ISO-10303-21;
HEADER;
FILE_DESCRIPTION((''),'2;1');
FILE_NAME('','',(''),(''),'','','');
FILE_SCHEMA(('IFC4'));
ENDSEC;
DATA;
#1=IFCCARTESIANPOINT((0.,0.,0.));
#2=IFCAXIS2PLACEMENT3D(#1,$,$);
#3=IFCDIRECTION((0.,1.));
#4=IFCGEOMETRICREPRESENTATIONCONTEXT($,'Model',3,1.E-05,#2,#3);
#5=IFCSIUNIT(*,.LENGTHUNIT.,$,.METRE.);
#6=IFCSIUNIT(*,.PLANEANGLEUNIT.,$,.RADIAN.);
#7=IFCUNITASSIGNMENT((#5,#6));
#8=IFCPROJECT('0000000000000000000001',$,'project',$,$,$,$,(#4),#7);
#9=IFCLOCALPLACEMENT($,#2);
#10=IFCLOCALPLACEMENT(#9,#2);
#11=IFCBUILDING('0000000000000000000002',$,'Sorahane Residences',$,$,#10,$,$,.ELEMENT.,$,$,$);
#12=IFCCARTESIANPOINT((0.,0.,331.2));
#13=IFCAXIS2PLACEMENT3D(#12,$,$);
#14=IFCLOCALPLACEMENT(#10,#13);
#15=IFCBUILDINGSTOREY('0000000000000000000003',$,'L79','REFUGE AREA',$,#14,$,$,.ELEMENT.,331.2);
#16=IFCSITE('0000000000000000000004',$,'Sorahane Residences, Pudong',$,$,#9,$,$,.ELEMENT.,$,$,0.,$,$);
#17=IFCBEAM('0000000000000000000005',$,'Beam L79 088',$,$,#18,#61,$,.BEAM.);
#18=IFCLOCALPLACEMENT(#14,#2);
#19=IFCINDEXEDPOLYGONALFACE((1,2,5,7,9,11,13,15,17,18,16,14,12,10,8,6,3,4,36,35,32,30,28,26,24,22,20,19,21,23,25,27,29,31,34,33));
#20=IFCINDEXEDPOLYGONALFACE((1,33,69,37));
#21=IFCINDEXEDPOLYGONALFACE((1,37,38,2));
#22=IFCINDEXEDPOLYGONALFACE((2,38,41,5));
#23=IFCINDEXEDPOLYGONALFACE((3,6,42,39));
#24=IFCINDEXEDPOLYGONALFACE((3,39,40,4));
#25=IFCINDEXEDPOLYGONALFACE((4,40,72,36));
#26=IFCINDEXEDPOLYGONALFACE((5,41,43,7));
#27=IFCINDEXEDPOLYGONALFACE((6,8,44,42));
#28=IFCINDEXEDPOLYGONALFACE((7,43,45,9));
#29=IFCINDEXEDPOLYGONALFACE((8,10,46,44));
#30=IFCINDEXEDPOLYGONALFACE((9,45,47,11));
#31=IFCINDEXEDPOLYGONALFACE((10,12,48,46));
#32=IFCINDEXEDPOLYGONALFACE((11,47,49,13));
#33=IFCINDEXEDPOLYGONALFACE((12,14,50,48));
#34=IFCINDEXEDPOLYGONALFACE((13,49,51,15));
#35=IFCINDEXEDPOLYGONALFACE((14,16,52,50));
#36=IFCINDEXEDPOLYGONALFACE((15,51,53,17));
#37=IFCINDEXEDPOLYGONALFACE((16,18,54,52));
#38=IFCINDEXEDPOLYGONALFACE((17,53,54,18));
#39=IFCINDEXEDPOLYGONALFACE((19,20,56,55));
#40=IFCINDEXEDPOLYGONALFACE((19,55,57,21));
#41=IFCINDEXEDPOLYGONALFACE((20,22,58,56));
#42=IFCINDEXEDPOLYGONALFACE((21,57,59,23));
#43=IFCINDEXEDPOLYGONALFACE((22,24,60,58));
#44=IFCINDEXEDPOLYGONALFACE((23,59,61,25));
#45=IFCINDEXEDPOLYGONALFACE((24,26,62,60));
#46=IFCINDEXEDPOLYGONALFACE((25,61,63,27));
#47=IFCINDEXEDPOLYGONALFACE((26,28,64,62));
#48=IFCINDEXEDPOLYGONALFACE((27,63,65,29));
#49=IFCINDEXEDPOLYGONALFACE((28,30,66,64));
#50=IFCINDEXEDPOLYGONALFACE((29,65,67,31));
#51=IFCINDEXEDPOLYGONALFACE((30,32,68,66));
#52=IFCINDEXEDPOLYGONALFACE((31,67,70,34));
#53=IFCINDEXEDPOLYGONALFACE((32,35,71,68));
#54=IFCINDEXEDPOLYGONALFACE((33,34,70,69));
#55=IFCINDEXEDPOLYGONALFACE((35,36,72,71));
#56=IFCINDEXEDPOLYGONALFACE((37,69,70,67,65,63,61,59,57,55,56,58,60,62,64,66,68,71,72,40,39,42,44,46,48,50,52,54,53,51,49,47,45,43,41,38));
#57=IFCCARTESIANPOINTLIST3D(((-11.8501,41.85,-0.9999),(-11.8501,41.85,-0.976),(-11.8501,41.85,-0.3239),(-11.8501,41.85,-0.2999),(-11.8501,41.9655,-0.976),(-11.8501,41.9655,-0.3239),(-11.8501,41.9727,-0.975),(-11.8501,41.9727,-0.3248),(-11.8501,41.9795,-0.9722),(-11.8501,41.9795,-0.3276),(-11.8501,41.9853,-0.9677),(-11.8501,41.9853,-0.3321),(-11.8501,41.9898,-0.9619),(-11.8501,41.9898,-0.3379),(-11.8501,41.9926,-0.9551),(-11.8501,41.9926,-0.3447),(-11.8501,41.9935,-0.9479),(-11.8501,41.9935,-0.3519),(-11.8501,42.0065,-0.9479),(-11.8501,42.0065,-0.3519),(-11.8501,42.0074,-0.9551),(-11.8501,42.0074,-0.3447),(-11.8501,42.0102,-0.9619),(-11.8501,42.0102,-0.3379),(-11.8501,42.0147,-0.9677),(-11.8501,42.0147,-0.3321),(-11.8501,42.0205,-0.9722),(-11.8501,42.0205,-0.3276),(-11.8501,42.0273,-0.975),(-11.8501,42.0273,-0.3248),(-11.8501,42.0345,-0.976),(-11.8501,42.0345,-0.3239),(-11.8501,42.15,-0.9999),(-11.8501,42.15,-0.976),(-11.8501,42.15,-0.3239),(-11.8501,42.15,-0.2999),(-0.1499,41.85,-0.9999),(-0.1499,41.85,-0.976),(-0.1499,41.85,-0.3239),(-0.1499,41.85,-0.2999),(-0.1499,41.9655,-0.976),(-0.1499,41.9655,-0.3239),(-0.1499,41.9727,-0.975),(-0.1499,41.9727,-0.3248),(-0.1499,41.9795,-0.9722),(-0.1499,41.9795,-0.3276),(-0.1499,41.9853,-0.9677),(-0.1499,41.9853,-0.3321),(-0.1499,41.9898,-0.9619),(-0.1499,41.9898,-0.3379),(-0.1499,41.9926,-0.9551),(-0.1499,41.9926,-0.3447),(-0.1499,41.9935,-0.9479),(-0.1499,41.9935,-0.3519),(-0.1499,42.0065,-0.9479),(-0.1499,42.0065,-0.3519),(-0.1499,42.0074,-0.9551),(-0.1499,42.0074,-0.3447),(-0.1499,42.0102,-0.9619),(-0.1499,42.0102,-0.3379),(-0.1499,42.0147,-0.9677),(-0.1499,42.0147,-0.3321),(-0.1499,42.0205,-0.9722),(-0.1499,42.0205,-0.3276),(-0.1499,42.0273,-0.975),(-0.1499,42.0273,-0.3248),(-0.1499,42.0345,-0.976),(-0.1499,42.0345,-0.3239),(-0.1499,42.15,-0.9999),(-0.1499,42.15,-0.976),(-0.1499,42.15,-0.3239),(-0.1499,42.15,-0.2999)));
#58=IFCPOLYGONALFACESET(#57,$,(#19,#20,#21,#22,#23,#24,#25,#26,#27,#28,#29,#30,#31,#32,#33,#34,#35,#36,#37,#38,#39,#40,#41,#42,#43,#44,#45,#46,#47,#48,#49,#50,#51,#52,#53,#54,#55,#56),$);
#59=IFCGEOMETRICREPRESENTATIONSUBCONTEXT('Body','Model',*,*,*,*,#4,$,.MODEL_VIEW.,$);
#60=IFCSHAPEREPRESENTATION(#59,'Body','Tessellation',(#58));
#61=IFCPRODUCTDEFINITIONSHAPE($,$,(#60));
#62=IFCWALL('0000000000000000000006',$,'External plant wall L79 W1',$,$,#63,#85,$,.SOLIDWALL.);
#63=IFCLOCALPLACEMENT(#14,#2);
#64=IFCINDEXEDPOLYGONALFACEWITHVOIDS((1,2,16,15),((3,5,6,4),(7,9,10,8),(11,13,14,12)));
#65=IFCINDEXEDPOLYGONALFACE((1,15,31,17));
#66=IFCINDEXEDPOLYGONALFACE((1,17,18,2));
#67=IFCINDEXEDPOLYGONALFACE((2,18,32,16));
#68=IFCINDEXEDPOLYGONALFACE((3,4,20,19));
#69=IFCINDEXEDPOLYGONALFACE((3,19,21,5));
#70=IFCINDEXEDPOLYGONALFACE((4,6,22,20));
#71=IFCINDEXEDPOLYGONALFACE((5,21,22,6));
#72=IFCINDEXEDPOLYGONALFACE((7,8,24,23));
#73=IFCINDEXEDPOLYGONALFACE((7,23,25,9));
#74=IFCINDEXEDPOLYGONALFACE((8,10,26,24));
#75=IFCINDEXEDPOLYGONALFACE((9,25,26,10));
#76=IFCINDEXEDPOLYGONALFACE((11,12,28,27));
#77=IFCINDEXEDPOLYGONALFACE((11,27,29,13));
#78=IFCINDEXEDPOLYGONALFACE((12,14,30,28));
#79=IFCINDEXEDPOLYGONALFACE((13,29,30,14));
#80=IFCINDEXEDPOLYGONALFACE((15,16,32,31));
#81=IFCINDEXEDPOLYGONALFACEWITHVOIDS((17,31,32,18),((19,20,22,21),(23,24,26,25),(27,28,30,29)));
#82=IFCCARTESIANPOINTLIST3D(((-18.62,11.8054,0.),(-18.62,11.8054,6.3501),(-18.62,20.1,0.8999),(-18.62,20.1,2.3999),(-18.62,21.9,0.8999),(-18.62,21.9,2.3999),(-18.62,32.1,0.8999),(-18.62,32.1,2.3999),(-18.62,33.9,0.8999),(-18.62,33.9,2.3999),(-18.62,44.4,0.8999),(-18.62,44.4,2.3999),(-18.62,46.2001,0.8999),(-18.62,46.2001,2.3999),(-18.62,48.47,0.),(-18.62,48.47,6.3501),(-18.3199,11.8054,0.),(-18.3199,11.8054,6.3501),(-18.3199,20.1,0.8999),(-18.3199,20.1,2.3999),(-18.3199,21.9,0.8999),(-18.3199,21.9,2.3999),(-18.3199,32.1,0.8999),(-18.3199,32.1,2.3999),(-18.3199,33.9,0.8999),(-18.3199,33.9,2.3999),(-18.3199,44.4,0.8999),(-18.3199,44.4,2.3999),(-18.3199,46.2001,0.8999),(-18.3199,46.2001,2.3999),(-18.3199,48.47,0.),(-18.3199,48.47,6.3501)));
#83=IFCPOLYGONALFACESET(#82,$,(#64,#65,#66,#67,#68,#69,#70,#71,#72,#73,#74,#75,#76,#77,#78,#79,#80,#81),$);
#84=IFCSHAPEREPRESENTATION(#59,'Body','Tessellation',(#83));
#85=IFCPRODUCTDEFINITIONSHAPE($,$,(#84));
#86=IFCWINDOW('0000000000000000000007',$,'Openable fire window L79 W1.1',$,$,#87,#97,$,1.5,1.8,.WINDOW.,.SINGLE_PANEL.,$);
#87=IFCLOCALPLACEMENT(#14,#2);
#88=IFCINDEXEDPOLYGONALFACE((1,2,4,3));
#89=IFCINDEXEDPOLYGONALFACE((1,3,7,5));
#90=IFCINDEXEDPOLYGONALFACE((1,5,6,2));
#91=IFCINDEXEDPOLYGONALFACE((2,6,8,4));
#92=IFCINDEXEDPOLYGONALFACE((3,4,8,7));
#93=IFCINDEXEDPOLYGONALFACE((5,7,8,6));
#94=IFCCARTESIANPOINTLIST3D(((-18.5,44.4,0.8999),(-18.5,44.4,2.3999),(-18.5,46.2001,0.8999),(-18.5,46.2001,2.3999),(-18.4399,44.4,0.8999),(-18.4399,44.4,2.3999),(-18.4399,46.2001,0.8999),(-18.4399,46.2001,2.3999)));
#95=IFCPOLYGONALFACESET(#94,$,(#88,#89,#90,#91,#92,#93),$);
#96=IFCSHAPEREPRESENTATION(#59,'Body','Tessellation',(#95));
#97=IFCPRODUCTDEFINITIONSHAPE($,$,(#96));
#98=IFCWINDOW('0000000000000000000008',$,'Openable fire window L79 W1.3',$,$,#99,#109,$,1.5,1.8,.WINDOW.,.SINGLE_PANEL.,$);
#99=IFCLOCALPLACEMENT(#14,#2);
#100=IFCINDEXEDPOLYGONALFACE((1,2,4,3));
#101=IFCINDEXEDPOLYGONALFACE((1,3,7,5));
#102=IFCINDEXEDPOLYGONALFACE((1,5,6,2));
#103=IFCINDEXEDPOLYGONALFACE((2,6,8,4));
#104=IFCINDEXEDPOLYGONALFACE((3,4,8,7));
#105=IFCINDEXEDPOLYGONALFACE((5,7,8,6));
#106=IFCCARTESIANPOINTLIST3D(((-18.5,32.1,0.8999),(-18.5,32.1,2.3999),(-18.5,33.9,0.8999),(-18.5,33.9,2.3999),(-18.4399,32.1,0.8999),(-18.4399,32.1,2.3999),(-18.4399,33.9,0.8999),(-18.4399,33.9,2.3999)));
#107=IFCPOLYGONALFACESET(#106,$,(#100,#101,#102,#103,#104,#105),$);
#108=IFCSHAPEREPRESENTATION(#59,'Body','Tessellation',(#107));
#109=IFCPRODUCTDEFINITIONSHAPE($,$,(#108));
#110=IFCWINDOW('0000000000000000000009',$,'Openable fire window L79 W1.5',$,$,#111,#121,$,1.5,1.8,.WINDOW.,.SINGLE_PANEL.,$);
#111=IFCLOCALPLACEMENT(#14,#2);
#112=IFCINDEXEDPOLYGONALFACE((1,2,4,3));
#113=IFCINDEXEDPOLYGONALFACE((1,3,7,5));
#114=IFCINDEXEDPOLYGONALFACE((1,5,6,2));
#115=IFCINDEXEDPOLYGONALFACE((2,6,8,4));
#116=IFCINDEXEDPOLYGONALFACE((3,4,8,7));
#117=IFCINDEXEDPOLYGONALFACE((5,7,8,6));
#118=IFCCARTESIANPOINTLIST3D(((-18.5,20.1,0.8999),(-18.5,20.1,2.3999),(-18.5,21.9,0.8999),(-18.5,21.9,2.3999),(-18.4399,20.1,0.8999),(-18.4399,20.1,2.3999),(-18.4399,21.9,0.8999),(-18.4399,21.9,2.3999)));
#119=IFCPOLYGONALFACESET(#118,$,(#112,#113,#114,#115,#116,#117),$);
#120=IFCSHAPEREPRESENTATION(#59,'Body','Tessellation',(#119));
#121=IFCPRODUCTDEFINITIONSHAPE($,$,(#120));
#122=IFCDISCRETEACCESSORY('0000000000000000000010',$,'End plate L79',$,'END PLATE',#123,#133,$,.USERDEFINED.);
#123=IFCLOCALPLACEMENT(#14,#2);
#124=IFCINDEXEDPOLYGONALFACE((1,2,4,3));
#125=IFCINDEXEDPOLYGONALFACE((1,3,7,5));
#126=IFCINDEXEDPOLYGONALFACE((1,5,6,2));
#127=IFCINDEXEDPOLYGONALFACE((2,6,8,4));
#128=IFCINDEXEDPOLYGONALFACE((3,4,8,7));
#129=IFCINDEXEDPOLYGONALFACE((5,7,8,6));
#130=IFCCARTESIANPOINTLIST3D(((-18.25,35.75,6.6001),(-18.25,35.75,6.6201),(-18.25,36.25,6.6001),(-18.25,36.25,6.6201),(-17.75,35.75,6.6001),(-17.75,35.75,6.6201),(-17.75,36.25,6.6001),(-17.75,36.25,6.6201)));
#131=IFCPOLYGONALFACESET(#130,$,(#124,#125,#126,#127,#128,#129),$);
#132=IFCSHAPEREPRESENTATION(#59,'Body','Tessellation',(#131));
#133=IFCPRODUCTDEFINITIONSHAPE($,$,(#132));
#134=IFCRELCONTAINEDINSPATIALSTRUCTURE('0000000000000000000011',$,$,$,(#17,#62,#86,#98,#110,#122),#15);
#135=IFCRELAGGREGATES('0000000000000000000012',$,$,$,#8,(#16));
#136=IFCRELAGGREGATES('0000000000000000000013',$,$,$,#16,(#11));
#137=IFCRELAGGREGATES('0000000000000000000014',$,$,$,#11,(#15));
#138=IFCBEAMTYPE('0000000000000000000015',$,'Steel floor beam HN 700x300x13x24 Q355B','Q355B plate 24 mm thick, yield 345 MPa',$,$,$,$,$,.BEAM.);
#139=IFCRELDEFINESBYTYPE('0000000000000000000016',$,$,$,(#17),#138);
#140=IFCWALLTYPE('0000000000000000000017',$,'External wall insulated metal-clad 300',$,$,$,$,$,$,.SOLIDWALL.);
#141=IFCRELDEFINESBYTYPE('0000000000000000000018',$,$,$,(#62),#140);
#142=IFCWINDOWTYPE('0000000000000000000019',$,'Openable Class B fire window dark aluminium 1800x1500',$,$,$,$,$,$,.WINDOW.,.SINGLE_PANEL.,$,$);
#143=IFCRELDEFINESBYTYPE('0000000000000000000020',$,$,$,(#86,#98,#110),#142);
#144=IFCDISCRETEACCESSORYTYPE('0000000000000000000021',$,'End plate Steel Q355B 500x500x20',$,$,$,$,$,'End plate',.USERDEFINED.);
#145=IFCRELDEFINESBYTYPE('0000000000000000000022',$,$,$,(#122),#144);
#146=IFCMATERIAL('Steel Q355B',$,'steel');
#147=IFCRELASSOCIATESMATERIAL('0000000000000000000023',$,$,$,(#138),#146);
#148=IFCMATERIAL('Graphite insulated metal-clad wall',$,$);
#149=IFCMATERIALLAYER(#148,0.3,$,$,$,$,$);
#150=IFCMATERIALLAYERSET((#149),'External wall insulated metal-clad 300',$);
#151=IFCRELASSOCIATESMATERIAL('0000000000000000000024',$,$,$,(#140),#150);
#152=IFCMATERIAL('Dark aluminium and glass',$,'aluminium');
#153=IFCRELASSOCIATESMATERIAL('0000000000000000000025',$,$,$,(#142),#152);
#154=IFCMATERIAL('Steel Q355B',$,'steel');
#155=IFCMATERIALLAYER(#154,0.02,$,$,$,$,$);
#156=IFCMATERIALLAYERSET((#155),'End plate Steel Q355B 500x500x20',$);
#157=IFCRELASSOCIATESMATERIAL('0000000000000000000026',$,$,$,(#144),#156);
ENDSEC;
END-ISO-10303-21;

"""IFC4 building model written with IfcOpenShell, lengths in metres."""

from ifc_helpers import new_model, si_unit, direction, frame, frame_2d, origin, origin_2d, place, context, subcontext, project, spatial, rectangle, i_section, extrude, material, layer, layer_set, material_profile, profile_set, type_object, element, fill, save


model = new_model("IFC4")

# Units and contexts
model_context = context("Model", 3, precision=1e-05, world=origin(), true_north=direction((0.0, 1.0)))
body_context = subcontext(model_context, "Body", "Model", "MODEL_VIEW")
ifc_project = project(units=[si_unit("LENGTHUNIT", "METRE"), si_unit("PLANEANGLEUNIT", "RADIAN")], contexts=[model_context])

# Site, building, storey
site_placement = place(None, origin())
site = spatial("IfcSite", under=ifc_project, at=site_placement, Name="Sorahane Residences, Pudong", CompositionType="ELEMENT", RefElevation=0.0)
building_placement = place(site_placement, origin())
building = spatial("IfcBuilding", under=site, at=building_placement, Name="Sorahane Residences", CompositionType="ELEMENT")
storey_placement = place(building_placement, frame((0.0, 0.0, 331.2)))
storey = spatial("IfcBuildingStorey", under=building, at=storey_placement, Name="L79", Description="REFUGE AREA", CompositionType="ELEMENT", Elevation=331.2)

# Beam
ifc_material_1 = material(Name="Steel Q355B", Category="steel")
ifc_material_profile_1 = material_profile(ifc_material_1, i_section(OverallWidth=0.3, OverallDepth=0.7, WebThickness=0.0129, FlangeThickness=0.0239, FilletRadius=0.0281, at=origin_2d()), Name="HN 700x300x13x24")
ifc_profile_set_1 = profile_set([ifc_material_profile_1], Name="Steel Q355B")
beam_type_1 = type_object("IfcBeamType", Name="Steel floor beam HN 700x300x13x24 Q355B", Description="Q355B plate 24 mm thick, yield 345 MPa", PredefinedType="BEAM", material=ifc_profile_set_1)
for number, where, z_axis, x_axis, name in (
    (1, (-11.8501, 42.0, -0.6499), (1.0, 0.0, 0.0), (0.0, 1.0, 0.0), "Beam L79 088"),
):
    element("IfcBeam", number, at=place(storey_placement, frame(where, z_axis=z_axis, x_axis=x_axis)), inside=storey, type_object=beam_type_1, Name=name, PredefinedType="BEAM", context=body_context, shape_type="SweptSolid", body=[
        extrude(i_section(OverallWidth=0.3, OverallDepth=0.7, WebThickness=0.0129, FlangeThickness=0.0239, FilletRadius=0.0281, at=origin_2d()), origin(), (0.0, 0.0, 1.0), 11.7002),
    ])

# Wall, openings, windows
ifc_material_2 = material(Name="Graphite insulated metal-clad wall")
ifc_layer_1 = layer(ifc_material_2, 0.3)
ifc_layer_set_1 = layer_set([ifc_layer_1], Name="External wall insulated metal-clad 300")
wall_type = type_object("IfcWallType", Name="External wall insulated metal-clad 300", PredefinedType="SOLIDWALL", material=ifc_layer_set_1)
wall_placement = place(storey_placement, frame((-18.47, 48.47, 0.0), z_axis=(0.0, 0.0, 1.0), x_axis=(0.0, -1.0, 0.0)))
wall = element("IfcWall", 2, at=wall_placement, inside=storey, type_object=wall_type, Name="External plant wall L79 W1", PredefinedType="SOLIDWALL", context=body_context, shape_type="SweptSolid", body=[
    extrude(rectangle(XDim=36.6646, YDim=0.3, at=frame_2d((18.3323, 0.0))), origin(), (0.0, 0.0, 1.0), 6.3501),
])
opening_1_placement = place(wall_placement, frame((2.27, 0.0, 0.8999)))
opening_1 = element("IfcOpeningElement", 3, at=opening_1_placement, cuts=wall, PredefinedType="OPENING", context=body_context, shape_type="SweptSolid", body=[
    extrude(rectangle(XDim=1.8, YDim=1.5, at=frame_2d((0.8999, 0.75))), frame((0.0, 0.1599, 0.0), z_axis=(0.0, -1.0, 0.0), x_axis=(1.0, 0.0, 0.0)), (0.0, 0.0, 1.0), 0.3201),
])
opening_2_placement = place(wall_placement, frame((14.5701, 0.0, 0.8999)))
opening_2 = element("IfcOpeningElement", 4, at=opening_2_placement, cuts=wall, PredefinedType="OPENING", context=body_context, shape_type="SweptSolid", body=[
    extrude(rectangle(XDim=1.8, YDim=1.5, at=frame_2d((0.8999, 0.75))), frame((0.0, 0.1599, 0.0), z_axis=(0.0, -1.0, 0.0), x_axis=(1.0, 0.0, 0.0)), (0.0, 0.0, 1.0), 0.3201),
])
opening_3_placement = place(wall_placement, frame((26.5701, 0.0, 0.8999)))
opening_3 = element("IfcOpeningElement", 5, at=opening_3_placement, cuts=wall, PredefinedType="OPENING", context=body_context, shape_type="SweptSolid", body=[
    extrude(rectangle(XDim=1.8, YDim=1.5, at=frame_2d((0.8999, 0.75))), frame((0.0, 0.1599, 0.0), z_axis=(0.0, -1.0, 0.0), x_axis=(1.0, 0.0, 0.0)), (0.0, 0.0, 1.0), 0.3201),
])
ifc_material_3 = material(Name="Dark aluminium and glass", Category="aluminium")
window_type = type_object("IfcWindowType", Name="Openable Class B fire window dark aluminium 1800x1500", PartitioningType="SINGLE_PANEL", PredefinedType="WINDOW", material=ifc_material_3)
window_1_placement = place(opening_1_placement, origin())
window_1 = element("IfcWindow", 6, at=window_1_placement, inside=storey, type_object=window_type, Name="Openable fire window L79 W1.1", OverallHeight=1.5, OverallWidth=1.8, PartitioningType="SINGLE_PANEL", PredefinedType="WINDOW", context=body_context, shape_type="SweptSolid", body=[
    extrude(rectangle(XDim=1.8, YDim=1.5, at=frame_2d((0.8999, 0.75))), frame((0.0, 0.03, 0.0), z_axis=(0.0, -1.0, 0.0), x_axis=(1.0, 0.0, 0.0)), (0.0, 0.0, 1.0), 0.0601),
])
fill(opening_1, window_1)
window_2_placement = place(opening_2_placement, origin())
window_2 = element("IfcWindow", 7, at=window_2_placement, inside=storey, type_object=window_type, Name="Openable fire window L79 W1.3", OverallHeight=1.5, OverallWidth=1.8, PartitioningType="SINGLE_PANEL", PredefinedType="WINDOW", context=body_context, shape_type="SweptSolid", body=[
    extrude(rectangle(XDim=1.8, YDim=1.5, at=frame_2d((0.8999, 0.75))), frame((0.0, 0.03, 0.0), z_axis=(0.0, -1.0, 0.0), x_axis=(1.0, 0.0, 0.0)), (0.0, 0.0, 1.0), 0.0601),
])
fill(opening_2, window_2)
window_3_placement = place(opening_3_placement, origin())
window_3 = element("IfcWindow", 8, at=window_3_placement, inside=storey, type_object=window_type, Name="Openable fire window L79 W1.5", OverallHeight=1.5, OverallWidth=1.8, PartitioningType="SINGLE_PANEL", PredefinedType="WINDOW", context=body_context, shape_type="SweptSolid", body=[
    extrude(rectangle(XDim=1.8, YDim=1.5, at=frame_2d((0.8999, 0.75))), frame((0.0, 0.03, 0.0), z_axis=(0.0, -1.0, 0.0), x_axis=(1.0, 0.0, 0.0)), (0.0, 0.0, 1.0), 0.0601),
])
fill(opening_3, window_3)

# Discrete accessory
ifc_material_4 = material(Name="Steel Q355B", Category="steel")
ifc_layer_2 = layer(ifc_material_4, 0.02)
ifc_layer_set_2 = layer_set([ifc_layer_2], Name="End plate Steel Q355B 500x500x20")
discrete_accessory_type = type_object("IfcDiscreteAccessoryType", Name="End plate Steel Q355B 500x500x20", ElementType="End plate", PredefinedType="USERDEFINED", material=ifc_layer_set_2)
discrete_accessory_placement = place(storey_placement, frame((-18.0, 36.0, 6.6001), z_axis=(0.0, 0.0, 1.0), x_axis=(1.0, 0.0, 0.0)))
element("IfcDiscreteAccessory", 9, at=discrete_accessory_placement, inside=storey, type_object=discrete_accessory_type, Name="End plate L79", ObjectType="END PLATE", PredefinedType="USERDEFINED", context=body_context, shape_type="SweptSolid", body=[
    extrude(rectangle(XDim=0.5, YDim=0.5, at=origin_2d()), origin(), (0.0, 0.0, 1.0), 0.02),
])

save(model, "model.ifc")
